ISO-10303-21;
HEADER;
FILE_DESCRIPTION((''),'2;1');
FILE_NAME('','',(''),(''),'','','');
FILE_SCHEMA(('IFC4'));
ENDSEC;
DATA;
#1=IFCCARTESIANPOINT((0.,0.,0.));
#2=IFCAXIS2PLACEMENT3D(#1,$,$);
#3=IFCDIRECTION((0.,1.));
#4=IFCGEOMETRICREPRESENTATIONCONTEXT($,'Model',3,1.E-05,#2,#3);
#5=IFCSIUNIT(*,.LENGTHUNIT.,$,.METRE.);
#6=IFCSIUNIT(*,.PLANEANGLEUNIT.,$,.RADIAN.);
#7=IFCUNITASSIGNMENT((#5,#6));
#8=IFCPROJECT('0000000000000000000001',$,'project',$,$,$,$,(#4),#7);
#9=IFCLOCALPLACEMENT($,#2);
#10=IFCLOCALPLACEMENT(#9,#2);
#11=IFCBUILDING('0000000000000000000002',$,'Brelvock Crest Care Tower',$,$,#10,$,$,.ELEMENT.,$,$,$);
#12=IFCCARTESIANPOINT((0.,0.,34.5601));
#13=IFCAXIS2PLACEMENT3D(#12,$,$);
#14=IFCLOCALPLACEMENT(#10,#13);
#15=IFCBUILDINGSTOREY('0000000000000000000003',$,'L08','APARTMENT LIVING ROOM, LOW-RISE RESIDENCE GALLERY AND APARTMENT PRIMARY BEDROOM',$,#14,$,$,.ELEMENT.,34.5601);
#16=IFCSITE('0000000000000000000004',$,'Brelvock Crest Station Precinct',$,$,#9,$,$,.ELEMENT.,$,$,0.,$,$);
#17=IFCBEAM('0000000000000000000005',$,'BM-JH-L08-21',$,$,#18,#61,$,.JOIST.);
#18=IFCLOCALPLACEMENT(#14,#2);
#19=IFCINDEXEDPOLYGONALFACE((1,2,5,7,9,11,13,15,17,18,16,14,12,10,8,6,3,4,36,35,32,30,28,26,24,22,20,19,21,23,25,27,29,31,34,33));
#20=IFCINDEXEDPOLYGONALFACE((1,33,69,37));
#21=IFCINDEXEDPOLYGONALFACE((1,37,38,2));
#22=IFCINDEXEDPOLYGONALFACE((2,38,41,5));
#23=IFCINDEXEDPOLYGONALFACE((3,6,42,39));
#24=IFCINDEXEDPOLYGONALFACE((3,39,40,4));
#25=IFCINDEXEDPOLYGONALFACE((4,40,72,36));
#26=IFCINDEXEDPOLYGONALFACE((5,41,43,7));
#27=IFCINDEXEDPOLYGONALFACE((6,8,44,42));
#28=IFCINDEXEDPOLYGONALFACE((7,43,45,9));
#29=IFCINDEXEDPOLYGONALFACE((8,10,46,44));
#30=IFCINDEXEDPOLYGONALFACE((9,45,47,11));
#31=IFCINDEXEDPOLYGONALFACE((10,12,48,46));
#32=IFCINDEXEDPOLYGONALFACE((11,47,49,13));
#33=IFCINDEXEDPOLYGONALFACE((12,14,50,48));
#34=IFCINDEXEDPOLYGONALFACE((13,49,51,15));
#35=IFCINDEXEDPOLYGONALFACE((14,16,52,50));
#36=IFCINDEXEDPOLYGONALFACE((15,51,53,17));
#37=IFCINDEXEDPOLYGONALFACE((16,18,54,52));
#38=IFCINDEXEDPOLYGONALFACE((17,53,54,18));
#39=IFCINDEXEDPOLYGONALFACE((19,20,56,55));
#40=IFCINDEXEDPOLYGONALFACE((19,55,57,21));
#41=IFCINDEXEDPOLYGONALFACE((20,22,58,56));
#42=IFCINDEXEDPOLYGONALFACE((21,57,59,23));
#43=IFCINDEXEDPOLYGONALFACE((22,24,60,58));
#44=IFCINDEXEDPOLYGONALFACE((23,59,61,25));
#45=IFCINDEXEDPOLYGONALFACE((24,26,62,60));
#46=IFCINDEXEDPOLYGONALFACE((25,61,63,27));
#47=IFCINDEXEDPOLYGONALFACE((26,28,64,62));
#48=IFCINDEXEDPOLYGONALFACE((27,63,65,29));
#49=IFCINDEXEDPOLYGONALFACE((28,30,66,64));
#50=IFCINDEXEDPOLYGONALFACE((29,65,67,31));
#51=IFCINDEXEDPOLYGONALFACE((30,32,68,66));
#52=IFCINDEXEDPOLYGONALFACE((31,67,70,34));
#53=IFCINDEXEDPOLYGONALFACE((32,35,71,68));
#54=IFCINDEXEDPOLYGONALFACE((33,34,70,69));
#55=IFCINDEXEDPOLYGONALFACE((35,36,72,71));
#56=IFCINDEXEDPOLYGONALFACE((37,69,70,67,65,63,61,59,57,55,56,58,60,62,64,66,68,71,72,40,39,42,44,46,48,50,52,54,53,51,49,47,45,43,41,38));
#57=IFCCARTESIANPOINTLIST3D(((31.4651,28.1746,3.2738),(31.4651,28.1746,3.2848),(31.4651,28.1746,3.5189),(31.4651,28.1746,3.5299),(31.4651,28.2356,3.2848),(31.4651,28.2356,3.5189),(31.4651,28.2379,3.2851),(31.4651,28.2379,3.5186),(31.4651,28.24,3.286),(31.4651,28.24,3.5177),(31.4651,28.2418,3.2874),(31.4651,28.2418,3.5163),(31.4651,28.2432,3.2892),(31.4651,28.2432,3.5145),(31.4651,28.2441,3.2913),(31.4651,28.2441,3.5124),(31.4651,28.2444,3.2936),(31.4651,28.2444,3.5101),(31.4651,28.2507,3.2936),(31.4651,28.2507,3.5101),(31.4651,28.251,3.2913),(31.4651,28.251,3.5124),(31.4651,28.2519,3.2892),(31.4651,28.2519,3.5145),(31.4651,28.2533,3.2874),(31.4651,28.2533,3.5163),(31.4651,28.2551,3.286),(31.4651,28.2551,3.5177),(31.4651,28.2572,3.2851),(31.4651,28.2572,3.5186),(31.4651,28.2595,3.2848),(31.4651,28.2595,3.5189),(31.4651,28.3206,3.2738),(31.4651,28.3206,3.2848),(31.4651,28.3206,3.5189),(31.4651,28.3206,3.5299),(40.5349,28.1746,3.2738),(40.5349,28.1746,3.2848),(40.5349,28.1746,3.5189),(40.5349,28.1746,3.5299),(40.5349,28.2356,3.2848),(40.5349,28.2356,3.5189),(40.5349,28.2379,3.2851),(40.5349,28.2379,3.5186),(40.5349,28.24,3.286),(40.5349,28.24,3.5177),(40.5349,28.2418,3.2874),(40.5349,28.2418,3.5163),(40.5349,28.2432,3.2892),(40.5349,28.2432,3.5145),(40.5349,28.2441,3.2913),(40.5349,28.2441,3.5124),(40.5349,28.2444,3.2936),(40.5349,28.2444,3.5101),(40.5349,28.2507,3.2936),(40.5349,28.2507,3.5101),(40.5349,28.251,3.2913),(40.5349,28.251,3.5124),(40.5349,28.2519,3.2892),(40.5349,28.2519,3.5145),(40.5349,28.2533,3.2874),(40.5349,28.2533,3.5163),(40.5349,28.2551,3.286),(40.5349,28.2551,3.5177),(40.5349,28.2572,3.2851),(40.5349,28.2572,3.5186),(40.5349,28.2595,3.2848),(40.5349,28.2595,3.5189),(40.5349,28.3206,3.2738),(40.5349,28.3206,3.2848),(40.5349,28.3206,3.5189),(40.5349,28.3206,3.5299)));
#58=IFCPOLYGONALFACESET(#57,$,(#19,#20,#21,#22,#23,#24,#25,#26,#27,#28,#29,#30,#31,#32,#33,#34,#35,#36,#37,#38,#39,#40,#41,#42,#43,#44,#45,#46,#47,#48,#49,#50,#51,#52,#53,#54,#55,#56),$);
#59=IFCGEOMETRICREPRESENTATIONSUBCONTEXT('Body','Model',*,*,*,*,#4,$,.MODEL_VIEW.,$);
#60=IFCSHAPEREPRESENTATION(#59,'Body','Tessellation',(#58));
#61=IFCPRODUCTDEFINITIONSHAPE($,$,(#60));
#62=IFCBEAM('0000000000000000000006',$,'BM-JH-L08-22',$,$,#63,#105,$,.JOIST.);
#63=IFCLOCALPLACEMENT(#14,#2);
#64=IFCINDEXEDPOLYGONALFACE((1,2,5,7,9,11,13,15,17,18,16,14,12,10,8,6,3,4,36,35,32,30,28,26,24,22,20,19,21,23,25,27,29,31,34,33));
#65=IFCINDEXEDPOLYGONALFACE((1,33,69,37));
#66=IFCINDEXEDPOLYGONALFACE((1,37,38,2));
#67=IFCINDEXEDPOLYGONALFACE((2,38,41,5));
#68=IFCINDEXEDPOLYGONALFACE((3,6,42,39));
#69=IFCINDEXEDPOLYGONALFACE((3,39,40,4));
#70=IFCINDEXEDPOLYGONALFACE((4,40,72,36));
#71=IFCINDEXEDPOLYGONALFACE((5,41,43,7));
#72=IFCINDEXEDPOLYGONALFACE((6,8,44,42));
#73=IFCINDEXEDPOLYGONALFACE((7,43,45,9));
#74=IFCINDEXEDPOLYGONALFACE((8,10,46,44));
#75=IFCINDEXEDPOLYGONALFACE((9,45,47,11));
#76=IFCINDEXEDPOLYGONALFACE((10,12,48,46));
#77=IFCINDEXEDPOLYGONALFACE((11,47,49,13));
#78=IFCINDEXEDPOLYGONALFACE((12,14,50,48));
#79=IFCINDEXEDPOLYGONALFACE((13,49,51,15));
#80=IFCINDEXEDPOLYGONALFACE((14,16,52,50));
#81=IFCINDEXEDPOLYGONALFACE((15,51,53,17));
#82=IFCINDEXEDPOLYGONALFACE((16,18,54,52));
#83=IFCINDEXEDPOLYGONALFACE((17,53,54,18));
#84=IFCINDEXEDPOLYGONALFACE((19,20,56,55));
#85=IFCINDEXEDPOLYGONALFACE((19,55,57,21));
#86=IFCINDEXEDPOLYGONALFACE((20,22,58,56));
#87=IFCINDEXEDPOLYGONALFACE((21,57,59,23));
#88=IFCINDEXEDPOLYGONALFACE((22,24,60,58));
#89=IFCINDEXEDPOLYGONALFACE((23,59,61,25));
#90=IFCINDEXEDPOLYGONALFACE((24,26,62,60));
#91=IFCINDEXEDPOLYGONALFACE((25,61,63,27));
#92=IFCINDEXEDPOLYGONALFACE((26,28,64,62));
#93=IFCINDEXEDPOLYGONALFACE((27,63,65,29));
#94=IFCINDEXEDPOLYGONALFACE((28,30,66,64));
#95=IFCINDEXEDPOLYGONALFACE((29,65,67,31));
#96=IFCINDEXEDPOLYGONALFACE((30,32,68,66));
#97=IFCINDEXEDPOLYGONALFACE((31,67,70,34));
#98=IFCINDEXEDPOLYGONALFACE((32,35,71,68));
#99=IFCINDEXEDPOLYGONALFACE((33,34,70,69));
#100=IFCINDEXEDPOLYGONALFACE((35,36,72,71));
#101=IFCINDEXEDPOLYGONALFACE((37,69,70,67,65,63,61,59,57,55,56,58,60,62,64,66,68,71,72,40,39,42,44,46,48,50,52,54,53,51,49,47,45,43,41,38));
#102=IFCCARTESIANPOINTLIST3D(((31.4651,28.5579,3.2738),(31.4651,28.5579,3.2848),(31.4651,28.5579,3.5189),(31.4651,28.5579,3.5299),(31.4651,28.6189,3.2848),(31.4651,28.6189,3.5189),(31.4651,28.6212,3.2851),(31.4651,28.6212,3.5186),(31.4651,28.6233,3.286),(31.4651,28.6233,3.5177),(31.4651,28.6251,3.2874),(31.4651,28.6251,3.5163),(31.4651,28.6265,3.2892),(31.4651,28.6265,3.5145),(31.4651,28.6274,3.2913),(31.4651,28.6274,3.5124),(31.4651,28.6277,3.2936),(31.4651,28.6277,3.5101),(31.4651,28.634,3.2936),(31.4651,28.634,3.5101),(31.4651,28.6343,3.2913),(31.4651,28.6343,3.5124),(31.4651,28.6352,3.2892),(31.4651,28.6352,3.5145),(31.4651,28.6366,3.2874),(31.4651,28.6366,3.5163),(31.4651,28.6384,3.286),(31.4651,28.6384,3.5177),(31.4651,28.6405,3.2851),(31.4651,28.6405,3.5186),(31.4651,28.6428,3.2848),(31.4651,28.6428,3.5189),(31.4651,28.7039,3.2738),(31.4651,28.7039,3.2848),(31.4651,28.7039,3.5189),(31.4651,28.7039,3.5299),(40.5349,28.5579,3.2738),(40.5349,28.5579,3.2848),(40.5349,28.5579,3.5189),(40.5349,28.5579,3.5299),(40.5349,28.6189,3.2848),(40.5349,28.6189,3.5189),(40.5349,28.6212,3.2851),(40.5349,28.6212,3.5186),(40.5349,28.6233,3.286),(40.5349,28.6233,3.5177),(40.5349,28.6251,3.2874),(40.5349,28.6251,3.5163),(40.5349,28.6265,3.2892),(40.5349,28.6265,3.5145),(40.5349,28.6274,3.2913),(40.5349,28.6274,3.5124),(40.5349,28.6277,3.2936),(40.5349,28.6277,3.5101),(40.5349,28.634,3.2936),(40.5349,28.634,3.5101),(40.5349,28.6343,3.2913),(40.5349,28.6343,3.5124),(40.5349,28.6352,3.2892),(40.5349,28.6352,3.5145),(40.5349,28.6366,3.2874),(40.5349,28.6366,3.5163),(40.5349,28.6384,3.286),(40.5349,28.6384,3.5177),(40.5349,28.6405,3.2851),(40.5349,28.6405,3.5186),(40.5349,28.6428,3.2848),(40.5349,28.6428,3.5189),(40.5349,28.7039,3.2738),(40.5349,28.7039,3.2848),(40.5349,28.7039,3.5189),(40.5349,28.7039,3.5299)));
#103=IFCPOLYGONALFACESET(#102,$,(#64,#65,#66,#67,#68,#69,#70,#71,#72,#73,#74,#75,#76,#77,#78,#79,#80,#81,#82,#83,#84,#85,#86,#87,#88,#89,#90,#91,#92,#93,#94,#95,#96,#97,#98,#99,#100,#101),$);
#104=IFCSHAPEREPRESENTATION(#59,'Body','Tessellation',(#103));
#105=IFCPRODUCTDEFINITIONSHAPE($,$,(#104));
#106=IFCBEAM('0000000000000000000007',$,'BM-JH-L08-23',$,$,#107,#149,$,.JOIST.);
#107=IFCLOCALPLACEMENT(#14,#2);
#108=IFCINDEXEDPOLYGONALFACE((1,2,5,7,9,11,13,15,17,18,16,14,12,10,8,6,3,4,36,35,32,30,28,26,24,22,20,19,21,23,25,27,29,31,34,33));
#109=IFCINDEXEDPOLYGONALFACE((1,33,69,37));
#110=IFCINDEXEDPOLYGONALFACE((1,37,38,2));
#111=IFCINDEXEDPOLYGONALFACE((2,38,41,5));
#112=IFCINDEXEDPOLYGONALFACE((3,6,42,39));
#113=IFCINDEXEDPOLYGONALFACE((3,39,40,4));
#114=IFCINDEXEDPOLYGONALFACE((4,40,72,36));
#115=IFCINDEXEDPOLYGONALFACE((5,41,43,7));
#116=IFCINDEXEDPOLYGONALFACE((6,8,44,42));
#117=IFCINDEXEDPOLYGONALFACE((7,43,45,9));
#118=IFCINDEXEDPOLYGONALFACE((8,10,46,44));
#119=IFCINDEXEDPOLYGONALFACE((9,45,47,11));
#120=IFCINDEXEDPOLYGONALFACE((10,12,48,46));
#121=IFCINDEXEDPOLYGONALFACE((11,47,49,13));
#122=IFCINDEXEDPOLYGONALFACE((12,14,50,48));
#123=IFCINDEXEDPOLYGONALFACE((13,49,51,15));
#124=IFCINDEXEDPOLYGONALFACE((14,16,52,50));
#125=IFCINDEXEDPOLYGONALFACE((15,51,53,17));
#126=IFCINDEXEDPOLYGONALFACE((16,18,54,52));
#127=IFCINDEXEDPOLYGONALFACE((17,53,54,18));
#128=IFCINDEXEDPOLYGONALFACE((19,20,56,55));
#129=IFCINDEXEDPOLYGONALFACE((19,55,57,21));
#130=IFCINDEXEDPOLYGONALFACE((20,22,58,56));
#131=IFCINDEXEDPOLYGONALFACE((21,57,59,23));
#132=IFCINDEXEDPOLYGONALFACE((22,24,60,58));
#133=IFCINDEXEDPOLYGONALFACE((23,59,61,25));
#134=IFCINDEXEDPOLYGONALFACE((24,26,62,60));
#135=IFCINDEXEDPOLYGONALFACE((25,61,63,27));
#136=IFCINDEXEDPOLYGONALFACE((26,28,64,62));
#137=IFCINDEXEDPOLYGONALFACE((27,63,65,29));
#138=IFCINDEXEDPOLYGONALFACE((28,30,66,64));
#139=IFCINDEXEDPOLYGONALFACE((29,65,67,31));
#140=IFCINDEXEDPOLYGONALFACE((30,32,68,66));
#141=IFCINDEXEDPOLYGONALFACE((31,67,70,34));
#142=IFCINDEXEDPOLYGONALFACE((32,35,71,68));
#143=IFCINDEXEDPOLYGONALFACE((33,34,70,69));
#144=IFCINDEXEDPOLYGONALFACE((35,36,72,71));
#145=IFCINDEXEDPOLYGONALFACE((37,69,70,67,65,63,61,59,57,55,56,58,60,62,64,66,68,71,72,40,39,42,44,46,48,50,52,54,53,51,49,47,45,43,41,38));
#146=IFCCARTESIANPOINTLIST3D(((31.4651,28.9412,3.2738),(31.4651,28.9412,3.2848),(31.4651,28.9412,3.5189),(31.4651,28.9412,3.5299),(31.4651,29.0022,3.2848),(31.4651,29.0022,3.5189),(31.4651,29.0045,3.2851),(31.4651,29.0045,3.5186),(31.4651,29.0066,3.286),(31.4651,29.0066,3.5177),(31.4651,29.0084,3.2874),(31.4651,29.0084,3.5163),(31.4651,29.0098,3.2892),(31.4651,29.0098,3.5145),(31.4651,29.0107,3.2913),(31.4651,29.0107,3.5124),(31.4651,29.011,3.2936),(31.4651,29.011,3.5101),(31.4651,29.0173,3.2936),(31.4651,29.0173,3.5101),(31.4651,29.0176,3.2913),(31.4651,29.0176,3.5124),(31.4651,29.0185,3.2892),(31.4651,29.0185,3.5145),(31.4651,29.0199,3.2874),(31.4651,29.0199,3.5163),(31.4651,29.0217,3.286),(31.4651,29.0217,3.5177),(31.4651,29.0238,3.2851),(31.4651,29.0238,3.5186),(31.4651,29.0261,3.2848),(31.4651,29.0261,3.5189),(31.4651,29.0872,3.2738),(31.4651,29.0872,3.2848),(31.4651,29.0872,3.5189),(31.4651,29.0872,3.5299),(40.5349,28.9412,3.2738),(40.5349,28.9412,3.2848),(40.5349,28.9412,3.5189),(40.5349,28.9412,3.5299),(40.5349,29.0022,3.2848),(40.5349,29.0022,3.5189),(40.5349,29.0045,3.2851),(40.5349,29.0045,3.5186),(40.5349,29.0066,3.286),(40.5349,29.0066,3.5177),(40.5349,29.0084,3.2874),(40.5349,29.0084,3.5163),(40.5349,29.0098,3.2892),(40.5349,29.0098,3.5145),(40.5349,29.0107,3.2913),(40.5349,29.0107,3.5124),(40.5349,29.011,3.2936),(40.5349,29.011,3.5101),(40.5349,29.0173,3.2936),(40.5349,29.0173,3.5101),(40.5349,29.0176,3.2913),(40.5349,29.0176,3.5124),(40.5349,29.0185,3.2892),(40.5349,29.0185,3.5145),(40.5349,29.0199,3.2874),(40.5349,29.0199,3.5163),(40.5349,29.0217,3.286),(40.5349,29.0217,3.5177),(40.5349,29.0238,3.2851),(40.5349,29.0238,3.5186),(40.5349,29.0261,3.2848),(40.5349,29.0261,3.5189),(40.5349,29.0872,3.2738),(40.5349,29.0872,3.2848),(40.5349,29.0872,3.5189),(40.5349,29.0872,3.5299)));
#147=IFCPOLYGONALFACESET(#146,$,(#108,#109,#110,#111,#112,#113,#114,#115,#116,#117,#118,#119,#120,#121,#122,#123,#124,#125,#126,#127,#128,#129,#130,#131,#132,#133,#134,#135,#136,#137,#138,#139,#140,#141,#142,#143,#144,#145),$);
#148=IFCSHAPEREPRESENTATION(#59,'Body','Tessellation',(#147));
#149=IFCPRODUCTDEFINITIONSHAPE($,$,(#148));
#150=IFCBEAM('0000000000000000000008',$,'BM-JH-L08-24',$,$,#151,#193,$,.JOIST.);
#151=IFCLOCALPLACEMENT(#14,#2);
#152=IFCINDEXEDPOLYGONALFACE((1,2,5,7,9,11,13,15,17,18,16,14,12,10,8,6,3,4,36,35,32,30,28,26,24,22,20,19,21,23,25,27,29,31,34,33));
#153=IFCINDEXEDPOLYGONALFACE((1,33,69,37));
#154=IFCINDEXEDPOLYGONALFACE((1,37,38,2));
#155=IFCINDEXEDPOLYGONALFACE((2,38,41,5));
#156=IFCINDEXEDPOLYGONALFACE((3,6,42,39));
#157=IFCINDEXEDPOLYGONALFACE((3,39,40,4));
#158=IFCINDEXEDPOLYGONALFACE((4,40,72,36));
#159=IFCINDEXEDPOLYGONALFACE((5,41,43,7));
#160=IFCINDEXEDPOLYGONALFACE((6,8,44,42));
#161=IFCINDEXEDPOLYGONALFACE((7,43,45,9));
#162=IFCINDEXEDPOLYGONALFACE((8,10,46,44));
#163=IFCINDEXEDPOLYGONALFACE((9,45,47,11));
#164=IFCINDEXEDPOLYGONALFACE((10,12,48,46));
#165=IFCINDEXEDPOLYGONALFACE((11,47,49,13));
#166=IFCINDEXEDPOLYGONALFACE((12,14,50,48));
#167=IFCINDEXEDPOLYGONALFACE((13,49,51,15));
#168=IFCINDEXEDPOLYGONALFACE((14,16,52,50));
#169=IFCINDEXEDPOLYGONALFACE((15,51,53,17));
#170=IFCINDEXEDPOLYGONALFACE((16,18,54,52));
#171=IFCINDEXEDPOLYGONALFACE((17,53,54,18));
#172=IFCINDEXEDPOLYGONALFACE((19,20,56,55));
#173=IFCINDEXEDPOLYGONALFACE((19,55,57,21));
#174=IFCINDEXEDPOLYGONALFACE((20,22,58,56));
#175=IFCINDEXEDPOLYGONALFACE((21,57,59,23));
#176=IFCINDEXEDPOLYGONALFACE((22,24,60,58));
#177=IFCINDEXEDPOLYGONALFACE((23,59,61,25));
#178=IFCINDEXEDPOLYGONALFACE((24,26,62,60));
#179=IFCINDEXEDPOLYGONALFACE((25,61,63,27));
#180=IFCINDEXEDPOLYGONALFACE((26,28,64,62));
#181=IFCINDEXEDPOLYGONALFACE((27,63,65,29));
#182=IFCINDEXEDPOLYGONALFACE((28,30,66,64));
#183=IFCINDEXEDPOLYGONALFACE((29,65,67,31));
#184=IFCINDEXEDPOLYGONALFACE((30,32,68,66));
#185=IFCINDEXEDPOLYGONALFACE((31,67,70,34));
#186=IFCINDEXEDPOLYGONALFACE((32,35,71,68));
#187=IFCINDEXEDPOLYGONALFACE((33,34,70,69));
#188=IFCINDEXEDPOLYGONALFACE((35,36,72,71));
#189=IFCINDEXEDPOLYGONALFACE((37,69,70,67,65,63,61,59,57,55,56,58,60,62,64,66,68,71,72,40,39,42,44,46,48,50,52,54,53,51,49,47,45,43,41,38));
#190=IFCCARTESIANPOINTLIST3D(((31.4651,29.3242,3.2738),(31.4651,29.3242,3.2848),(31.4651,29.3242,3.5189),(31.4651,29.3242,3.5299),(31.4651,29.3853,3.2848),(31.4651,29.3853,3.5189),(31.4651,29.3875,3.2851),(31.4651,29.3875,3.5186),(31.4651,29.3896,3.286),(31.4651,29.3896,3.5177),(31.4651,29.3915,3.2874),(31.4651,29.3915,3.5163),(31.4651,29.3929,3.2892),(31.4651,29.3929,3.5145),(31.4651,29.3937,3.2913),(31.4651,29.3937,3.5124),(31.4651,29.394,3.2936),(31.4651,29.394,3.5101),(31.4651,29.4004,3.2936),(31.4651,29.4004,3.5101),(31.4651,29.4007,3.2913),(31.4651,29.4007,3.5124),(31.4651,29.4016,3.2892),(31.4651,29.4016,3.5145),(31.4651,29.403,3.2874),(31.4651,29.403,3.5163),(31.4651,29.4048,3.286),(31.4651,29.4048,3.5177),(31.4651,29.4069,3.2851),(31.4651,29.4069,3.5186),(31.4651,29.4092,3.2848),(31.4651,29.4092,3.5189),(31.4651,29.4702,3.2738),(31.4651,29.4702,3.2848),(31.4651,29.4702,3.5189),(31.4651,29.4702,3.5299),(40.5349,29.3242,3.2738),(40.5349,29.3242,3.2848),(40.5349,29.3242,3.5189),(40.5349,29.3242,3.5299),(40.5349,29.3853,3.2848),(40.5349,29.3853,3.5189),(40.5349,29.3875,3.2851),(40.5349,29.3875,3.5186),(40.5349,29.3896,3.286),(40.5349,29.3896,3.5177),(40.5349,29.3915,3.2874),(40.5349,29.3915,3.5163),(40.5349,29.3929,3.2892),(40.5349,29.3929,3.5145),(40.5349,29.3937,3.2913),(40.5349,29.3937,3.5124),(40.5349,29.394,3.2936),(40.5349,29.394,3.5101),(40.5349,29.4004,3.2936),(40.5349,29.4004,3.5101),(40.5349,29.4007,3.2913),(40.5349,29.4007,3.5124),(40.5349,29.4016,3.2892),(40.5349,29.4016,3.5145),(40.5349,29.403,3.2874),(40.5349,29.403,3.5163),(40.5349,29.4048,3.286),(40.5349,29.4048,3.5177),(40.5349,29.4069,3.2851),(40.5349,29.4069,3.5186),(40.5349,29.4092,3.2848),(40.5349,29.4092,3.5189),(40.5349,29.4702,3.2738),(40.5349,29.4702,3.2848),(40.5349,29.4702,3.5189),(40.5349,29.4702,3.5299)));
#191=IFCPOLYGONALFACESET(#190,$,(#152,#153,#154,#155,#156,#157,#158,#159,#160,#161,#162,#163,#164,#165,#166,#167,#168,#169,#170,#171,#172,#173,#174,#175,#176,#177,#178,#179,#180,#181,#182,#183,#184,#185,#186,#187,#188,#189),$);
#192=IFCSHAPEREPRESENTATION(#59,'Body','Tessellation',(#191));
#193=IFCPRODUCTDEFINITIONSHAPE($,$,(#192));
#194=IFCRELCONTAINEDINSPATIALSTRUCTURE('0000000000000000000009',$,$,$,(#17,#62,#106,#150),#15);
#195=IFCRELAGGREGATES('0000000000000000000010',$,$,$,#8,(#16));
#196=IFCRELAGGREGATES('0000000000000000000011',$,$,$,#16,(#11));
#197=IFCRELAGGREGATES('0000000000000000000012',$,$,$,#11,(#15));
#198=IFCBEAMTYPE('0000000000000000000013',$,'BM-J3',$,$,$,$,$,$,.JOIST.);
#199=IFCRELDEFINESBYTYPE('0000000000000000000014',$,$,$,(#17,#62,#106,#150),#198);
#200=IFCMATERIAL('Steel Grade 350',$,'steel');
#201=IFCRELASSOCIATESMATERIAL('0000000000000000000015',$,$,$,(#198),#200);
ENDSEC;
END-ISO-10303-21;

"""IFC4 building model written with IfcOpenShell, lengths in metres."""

from ifc_helpers import new_model, si_unit, direction, frame, origin, origin_2d, place, context, subcontext, project, spatial, i_section, extrude, source, transform, mapped, material, material_profile, profile_set, type_object, element, save


model = new_model("IFC4")

# Units and contexts
model_context = context("Model", 3, precision=1e-05, world=origin(), true_north=direction((0.0, 1.0)))
body_context = subcontext(model_context, "Body", "Model", "MODEL_VIEW")
ifc_project = project(units=[si_unit("LENGTHUNIT", "METRE"), si_unit("PLANEANGLEUNIT", "RADIAN")], contexts=[model_context])

# Site, building, storey
site_placement = place(None, origin())
site = spatial("IfcSite", under=ifc_project, at=site_placement, Name="Brelvock Crest Station Precinct", CompositionType="ELEMENT", RefElevation=0.0)
building_placement = place(site_placement, origin())
building = spatial("IfcBuilding", under=site, at=building_placement, Name="Brelvock Crest Care Tower", CompositionType="ELEMENT")
storey_placement = place(building_placement, frame((0.0, 0.0, 34.5601)))
storey = spatial("IfcBuildingStorey", under=building, at=storey_placement, Name="L08", Description="APARTMENT LIVING ROOM, LOW-RISE RESIDENCE GALLERY AND APARTMENT PRIMARY BEDROOM", CompositionType="ELEMENT", Elevation=34.5601)

# Beams
ifc_material_1 = material(Name="Steel Grade 350", Category="steel")
ifc_material_profile = material_profile(ifc_material_1, i_section(OverallWidth=0.146, OverallDepth=0.2561, WebThickness=0.0063, FlangeThickness=0.011, FilletRadius=0.0088, at=origin_2d()), Name="250UB37.3")
ifc_profile_set = profile_set([ifc_material_profile], Name="Steel Grade 350")
beam_type = type_object("IfcBeamType", Name="BM-J3", PredefinedType="JOIST", material=ifc_profile_set)
shared_shape_1 = source(origin(), body_context, "Body", "SweptSolid", [
    extrude(i_section(OverallWidth=0.146, OverallDepth=0.2561, WebThickness=0.0063, FlangeThickness=0.011, FilletRadius=0.0088, at=origin_2d()), origin(), (0.0, 0.0, 1.0), 9.0698),
])
for number, where, z_axis, x_axis, name in (
    (1, (31.4651, 28.2476, 3.4019), (1.0, 0.0, 0.0), (0.0, 1.0, 0.0), "BM-JH-L08-21"),
    (2, (31.4651, 28.6309, 3.4019), (1.0, 0.0, 0.0), (0.0, 1.0, 0.0), "BM-JH-L08-22"),
    (3, (31.4651, 29.0142, 3.4019), (1.0, 0.0, 0.0), (0.0, 1.0, 0.0), "BM-JH-L08-23"),
    (4, (31.4651, 29.3972, 3.4019), (1.0, 0.0, 0.0), (0.0, 1.0, 0.0), "BM-JH-L08-24"),
):
    element("IfcBeam", number, at=place(storey_placement, frame(where, z_axis=z_axis, x_axis=x_axis)), inside=storey, type_object=beam_type, Name=name, PredefinedType="JOIST", context=body_context, shape_type="MappedRepresentation", body=[
        mapped(shared_shape_1, transform((0.0, 0.0, 0.0), x_axis=(1.0, 0.0, 0.0), y_axis=(0.0, 1.0, 0.0), z_axis=(0.0, 0.0, 1.0), scale=1.0)),
    ])

save(model, "model.ifc")
